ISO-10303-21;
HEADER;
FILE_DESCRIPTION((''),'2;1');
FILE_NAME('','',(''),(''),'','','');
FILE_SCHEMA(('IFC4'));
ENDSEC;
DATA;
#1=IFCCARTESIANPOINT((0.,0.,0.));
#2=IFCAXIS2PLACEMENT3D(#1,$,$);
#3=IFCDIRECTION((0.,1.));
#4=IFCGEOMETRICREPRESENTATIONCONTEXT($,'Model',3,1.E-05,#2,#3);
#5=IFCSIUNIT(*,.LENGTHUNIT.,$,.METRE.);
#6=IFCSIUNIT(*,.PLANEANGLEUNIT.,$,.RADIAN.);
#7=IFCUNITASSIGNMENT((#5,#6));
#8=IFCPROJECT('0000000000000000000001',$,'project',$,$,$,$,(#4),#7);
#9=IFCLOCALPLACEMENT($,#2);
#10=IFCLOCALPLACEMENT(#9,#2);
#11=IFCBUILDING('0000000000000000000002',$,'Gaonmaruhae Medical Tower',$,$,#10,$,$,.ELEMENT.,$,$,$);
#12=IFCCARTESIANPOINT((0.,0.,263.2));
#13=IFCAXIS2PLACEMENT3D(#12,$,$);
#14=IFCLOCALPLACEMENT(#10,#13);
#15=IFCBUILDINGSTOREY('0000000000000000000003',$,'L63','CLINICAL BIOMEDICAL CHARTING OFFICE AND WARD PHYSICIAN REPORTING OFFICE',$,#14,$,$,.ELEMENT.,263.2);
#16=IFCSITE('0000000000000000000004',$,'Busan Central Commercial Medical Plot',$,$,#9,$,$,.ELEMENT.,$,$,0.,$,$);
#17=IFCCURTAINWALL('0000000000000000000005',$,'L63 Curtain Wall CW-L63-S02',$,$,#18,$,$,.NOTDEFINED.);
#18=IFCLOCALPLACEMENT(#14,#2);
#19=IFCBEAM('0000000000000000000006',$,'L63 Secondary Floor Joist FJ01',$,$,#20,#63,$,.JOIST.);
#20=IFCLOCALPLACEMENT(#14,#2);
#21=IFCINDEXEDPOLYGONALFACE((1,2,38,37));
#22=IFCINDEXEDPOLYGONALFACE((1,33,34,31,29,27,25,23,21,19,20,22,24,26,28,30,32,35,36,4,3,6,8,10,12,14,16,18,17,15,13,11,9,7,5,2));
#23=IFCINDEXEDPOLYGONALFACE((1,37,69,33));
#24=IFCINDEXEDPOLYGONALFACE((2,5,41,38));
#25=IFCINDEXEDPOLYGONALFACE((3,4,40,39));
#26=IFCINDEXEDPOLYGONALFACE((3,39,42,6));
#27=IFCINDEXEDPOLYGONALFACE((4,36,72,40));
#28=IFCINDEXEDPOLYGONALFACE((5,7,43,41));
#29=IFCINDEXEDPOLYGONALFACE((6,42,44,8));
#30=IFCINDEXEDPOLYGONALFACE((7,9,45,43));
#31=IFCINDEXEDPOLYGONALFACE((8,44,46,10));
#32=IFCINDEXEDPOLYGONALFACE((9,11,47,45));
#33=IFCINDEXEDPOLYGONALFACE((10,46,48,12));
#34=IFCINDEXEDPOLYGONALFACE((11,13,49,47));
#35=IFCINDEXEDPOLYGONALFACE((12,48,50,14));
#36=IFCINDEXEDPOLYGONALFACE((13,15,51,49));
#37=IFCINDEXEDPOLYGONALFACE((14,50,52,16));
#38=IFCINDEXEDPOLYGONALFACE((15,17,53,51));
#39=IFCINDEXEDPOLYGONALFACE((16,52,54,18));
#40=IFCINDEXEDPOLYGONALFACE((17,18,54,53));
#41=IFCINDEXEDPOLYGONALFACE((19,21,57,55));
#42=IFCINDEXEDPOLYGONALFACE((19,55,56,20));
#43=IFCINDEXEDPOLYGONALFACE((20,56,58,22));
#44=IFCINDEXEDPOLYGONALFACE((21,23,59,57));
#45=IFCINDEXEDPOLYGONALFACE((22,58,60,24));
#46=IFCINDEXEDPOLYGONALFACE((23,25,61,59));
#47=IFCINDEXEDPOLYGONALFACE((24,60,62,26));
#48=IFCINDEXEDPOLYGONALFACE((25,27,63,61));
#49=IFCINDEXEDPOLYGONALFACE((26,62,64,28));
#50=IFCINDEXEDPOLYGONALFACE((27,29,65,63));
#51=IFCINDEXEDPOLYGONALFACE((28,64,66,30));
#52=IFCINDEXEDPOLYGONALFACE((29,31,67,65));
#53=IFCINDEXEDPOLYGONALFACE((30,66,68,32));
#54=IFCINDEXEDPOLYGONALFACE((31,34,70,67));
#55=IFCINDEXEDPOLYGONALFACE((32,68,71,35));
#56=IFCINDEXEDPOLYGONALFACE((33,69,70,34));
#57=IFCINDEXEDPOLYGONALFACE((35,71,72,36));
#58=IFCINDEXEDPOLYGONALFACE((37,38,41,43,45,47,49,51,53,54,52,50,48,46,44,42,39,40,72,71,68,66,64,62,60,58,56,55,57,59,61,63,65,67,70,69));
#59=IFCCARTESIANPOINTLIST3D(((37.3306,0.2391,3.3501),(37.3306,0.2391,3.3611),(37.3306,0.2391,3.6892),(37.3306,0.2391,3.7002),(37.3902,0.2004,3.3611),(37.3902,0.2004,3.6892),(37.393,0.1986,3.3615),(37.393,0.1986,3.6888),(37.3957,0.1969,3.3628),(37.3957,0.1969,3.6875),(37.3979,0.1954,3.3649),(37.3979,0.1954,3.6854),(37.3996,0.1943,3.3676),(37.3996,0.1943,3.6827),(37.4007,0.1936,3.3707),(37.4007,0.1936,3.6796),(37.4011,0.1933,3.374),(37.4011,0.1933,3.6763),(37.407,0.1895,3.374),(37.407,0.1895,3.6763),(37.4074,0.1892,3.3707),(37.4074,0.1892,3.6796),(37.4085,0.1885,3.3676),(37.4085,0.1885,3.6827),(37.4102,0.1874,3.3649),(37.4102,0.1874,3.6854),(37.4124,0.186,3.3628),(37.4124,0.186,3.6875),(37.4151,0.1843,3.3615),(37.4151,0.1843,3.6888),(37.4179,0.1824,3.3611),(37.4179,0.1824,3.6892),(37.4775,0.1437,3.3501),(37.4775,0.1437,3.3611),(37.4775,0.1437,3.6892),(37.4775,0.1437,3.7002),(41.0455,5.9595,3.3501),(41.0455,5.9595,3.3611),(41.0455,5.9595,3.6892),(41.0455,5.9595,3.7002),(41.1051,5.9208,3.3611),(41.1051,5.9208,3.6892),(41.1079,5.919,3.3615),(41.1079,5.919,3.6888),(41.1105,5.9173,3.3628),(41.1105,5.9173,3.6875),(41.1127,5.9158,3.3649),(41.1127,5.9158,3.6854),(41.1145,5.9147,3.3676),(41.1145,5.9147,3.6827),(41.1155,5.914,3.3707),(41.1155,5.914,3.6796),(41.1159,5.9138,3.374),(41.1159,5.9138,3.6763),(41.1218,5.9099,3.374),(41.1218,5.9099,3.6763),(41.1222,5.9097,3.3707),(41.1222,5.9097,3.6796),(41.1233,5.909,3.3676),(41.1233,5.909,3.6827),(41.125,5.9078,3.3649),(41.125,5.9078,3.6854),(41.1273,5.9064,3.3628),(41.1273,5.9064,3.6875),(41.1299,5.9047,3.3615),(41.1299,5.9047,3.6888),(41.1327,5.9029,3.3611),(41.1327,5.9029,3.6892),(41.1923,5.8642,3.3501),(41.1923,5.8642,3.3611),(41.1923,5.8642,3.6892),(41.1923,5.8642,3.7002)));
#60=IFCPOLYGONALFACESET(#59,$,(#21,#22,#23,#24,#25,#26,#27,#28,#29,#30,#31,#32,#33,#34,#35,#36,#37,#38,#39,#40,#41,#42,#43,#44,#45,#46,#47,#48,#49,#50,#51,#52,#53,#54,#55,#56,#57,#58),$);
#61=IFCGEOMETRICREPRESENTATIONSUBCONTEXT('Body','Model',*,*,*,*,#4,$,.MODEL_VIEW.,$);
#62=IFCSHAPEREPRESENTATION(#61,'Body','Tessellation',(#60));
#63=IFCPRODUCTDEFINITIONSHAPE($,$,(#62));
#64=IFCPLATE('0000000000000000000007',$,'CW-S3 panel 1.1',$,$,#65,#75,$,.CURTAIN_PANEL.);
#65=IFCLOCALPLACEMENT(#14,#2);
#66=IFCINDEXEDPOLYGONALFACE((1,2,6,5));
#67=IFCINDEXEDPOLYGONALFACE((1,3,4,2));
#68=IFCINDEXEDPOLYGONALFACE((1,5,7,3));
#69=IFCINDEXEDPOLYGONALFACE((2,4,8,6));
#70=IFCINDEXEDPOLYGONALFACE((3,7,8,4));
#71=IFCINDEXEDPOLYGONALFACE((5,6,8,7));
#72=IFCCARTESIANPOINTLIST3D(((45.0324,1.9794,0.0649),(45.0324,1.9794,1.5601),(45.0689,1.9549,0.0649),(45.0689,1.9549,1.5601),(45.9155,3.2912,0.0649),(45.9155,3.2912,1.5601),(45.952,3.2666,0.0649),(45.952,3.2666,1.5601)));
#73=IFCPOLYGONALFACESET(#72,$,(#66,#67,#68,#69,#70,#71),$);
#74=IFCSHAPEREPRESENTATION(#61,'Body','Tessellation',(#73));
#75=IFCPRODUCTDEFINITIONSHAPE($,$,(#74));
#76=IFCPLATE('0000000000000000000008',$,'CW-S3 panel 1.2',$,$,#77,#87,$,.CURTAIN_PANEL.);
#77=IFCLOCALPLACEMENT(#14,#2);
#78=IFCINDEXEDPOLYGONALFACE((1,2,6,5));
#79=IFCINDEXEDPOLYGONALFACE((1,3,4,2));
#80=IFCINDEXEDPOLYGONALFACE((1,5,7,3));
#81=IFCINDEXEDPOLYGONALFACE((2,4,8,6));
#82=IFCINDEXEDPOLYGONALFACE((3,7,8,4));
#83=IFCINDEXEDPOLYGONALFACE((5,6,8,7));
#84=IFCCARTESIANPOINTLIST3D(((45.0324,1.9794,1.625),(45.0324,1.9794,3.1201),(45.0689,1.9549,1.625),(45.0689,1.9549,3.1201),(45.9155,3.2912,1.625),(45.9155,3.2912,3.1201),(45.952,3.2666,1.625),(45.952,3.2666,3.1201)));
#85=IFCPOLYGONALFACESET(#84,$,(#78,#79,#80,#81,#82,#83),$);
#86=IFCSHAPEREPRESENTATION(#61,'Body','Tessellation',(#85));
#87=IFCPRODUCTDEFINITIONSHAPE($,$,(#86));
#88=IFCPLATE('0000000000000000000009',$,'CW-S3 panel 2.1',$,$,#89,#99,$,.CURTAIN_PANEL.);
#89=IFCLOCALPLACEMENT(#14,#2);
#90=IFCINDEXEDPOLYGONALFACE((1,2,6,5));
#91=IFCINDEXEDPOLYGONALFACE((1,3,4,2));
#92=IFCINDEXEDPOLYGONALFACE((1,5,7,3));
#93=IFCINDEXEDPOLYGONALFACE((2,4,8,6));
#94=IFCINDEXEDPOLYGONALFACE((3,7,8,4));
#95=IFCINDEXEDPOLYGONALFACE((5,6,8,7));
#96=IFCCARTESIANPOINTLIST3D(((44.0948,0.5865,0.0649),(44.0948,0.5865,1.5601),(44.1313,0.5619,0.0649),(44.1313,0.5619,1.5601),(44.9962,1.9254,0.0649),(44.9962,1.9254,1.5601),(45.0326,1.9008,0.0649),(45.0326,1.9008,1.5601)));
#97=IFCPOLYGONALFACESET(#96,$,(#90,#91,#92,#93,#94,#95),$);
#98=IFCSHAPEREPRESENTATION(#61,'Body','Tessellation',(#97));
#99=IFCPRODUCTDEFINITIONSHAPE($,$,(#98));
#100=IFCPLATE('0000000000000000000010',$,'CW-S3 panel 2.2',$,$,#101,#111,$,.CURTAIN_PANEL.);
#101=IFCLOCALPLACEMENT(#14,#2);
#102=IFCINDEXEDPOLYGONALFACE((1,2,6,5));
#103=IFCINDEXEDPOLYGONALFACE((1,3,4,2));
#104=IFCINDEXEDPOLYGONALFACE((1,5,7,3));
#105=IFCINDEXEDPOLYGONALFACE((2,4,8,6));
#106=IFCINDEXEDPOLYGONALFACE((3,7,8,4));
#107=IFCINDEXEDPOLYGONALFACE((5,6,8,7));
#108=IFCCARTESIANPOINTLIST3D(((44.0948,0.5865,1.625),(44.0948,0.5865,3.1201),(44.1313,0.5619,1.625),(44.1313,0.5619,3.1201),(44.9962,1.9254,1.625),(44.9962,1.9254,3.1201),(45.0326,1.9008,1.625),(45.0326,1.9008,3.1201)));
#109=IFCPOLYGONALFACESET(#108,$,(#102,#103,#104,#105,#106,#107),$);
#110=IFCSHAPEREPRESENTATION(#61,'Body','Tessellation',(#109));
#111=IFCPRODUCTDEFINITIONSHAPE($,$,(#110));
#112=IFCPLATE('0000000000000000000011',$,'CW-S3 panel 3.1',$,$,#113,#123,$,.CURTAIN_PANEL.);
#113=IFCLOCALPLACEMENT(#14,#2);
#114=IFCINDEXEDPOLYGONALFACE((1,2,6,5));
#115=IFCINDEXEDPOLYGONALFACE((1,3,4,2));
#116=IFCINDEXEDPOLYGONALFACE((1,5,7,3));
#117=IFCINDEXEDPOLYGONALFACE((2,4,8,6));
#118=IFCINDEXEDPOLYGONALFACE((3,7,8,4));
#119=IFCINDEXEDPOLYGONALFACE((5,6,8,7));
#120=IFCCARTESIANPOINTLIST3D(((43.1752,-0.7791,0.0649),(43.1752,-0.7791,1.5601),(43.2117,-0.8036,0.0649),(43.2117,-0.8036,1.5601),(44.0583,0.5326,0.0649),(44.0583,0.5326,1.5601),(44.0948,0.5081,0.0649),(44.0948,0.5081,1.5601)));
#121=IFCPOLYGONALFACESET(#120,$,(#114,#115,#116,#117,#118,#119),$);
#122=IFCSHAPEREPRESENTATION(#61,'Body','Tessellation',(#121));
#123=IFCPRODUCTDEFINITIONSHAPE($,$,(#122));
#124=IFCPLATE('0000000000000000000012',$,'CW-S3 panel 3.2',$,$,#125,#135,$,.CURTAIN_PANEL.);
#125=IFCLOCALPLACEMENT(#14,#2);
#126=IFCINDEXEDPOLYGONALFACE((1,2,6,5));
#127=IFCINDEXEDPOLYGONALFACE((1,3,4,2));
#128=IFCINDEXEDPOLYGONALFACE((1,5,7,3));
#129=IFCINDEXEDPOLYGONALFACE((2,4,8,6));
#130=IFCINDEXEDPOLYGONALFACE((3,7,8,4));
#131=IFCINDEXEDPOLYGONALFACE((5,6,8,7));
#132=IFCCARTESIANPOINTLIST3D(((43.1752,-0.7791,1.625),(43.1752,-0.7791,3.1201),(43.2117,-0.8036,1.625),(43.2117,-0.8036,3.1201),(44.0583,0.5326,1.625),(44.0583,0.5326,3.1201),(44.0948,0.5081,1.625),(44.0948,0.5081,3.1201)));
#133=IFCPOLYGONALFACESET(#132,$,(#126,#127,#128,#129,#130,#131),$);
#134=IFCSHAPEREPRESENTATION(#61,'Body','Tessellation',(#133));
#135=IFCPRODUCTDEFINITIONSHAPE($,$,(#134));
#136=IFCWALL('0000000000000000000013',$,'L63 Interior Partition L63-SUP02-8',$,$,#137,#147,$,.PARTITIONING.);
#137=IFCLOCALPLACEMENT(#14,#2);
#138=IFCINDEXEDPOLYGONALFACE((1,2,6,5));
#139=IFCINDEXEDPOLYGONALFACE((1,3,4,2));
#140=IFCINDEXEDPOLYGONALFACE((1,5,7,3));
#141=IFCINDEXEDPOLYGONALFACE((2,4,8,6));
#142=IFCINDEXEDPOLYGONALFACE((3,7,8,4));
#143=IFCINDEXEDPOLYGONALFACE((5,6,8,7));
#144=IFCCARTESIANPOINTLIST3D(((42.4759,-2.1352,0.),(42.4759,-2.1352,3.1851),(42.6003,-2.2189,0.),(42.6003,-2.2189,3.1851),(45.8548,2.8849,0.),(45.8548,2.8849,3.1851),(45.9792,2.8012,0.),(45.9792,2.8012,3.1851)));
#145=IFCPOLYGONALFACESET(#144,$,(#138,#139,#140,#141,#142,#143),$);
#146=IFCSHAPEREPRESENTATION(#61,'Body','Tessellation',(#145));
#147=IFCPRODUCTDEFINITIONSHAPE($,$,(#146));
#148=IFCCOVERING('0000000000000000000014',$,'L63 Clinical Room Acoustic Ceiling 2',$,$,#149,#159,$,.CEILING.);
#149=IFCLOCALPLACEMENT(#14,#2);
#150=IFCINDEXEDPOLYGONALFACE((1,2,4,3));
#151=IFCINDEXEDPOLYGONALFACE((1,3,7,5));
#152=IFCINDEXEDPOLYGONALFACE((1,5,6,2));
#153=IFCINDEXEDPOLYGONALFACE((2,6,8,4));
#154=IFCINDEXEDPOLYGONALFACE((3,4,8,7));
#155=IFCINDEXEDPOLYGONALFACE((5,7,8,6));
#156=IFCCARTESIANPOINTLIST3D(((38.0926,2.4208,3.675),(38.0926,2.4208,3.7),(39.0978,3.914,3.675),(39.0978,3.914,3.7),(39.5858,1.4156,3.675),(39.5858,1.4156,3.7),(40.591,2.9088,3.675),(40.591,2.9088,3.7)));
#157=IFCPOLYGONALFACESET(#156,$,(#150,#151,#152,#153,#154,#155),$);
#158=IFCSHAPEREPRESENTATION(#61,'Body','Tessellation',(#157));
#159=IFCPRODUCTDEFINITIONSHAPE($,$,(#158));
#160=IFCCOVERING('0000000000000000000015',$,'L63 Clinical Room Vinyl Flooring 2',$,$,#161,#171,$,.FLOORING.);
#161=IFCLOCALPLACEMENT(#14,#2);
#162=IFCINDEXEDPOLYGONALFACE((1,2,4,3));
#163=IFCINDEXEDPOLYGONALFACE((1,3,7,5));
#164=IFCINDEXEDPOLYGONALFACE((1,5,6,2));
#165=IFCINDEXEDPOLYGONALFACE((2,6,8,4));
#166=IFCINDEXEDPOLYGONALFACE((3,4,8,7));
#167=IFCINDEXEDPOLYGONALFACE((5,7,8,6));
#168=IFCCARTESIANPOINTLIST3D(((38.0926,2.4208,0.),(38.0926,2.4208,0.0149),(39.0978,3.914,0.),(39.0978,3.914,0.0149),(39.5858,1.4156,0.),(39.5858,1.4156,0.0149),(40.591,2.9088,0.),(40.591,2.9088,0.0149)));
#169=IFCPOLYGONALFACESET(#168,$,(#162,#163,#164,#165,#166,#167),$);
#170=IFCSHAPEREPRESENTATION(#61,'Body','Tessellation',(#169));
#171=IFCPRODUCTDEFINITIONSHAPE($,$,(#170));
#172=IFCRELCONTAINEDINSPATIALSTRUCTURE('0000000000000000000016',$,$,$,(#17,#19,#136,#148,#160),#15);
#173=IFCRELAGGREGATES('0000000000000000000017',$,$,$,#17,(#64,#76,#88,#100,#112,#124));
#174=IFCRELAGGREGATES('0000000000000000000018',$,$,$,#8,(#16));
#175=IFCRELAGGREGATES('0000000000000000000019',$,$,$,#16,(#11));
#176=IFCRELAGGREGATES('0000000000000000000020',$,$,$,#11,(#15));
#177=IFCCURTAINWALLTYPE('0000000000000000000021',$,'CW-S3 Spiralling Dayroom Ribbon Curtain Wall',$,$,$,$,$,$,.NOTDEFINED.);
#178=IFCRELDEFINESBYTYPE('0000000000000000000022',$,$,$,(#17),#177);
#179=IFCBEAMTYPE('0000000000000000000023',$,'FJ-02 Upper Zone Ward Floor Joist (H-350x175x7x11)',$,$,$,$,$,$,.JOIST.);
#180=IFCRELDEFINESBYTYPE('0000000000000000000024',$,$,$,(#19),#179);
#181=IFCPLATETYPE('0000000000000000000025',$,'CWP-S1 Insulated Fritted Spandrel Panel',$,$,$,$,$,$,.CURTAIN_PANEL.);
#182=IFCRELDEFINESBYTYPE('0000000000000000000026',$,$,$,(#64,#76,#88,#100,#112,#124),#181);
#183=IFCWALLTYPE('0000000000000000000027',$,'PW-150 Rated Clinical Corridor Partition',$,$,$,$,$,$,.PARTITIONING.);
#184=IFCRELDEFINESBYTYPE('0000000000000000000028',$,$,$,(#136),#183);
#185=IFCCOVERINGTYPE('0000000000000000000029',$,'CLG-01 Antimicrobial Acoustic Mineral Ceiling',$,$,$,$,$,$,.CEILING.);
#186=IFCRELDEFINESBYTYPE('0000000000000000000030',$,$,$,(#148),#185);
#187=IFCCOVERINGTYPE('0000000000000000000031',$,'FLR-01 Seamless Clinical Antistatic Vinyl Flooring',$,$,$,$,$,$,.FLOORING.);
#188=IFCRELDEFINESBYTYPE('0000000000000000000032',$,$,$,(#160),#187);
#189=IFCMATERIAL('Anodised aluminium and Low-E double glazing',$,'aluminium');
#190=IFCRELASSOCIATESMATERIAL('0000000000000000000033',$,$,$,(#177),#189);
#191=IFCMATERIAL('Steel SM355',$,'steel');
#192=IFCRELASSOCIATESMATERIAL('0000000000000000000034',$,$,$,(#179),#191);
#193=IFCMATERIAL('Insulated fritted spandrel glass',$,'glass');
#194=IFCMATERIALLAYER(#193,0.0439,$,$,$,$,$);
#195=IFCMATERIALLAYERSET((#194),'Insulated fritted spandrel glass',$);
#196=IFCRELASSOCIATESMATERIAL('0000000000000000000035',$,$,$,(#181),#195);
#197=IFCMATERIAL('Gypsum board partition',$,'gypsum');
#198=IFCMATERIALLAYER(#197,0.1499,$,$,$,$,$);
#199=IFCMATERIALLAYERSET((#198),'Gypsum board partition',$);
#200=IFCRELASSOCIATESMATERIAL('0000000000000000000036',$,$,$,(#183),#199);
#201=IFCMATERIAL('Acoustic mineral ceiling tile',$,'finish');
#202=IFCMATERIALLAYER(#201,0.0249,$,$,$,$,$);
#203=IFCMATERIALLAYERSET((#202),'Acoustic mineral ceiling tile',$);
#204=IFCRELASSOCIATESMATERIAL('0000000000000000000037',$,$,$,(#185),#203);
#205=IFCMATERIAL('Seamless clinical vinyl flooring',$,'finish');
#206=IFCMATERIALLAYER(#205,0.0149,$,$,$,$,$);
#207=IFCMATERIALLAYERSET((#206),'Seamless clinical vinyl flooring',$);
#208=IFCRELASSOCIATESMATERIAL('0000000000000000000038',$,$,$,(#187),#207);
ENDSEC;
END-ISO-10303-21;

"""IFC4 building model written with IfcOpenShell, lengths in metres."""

from ifc_helpers import new_model, si_unit, direction, frame, frame_2d, origin, origin_2d, place, context, subcontext, project, spatial, rectangle, i_section, extrude, material, layer, layer_set, material_profile, profile_set, type_object, element, aggregate, save


model = new_model("IFC4")

# Units and contexts
model_context = context("Model", 3, precision=1e-05, world=origin(), true_north=direction((0.0, 1.0)))
body_context = subcontext(model_context, "Body", "Model", "MODEL_VIEW")
ifc_project = project(units=[si_unit("LENGTHUNIT", "METRE"), si_unit("PLANEANGLEUNIT", "RADIAN")], contexts=[model_context])

# Site, building, storey
site_placement = place(None, origin())
site = spatial("IfcSite", under=ifc_project, at=site_placement, Name="Busan Central Commercial Medical Plot", CompositionType="ELEMENT", RefElevation=0.0)
building_placement = place(site_placement, origin())
building = spatial("IfcBuilding", under=site, at=building_placement, Name="Gaonmaruhae Medical Tower", CompositionType="ELEMENT")
storey_placement = place(building_placement, frame((0.0, 0.0, 263.2)))
storey = spatial("IfcBuildingStorey", under=building, at=storey_placement, Name="L63", Description="CLINICAL BIOMEDICAL CHARTING OFFICE AND WARD PHYSICIAN REPORTING OFFICE", CompositionType="ELEMENT", Elevation=263.2)

# Curtain wall
ifc_material_1 = material(Name="Anodised aluminium and Low-E double glazing", Category="aluminium")
curtain_wall_type = type_object("IfcCurtainWallType", Name="CW-S3 Spiralling Dayroom Ribbon Curtain Wall", PredefinedType="NOTDEFINED", material=ifc_material_1)
curtain_wall_placement = place(storey_placement, origin())
curtain_wall = element("IfcCurtainWall", 1, at=curtain_wall_placement, inside=storey, type_object=curtain_wall_type, Name="L63 Curtain Wall CW-L63-S02", PredefinedType="NOTDEFINED")

# Beam
ifc_material_2 = material(Name="Steel SM355", Category="steel")
ifc_material_profile_1 = material_profile(ifc_material_2, i_section(OverallWidth=0.175, OverallDepth=0.3501, WebThickness=0.0071, FlangeThickness=0.011, FilletRadius=0.0129, at=origin_2d()), Name="H-350x175x7x11")
ifc_profile_set_1 = profile_set([ifc_material_profile_1], Name="Steel SM355")
beam_type = type_object("IfcBeamType", Name="FJ-02 Upper Zone Ward Floor Joist (H-350x175x7x11)", PredefinedType="JOIST", material=ifc_profile_set_1)
beam_placement = place(storey_placement, frame((37.4041, 0.1914, 3.5251), z_axis=(0.544632, 0.838675, 0.0), x_axis=(-0.838675, 0.544632, 0.0)))
element("IfcBeam", 2, at=beam_placement, inside=storey, type_object=beam_type, Name="L63 Secondary Floor Joist FJ01", PredefinedType="JOIST", context=body_context, shape_type="SweptSolid", body=[
    extrude(i_section(OverallWidth=0.175, OverallDepth=0.3501, WebThickness=0.0071, FlangeThickness=0.011, FilletRadius=0.0129, at=origin_2d()), origin(), (0.0, 0.0, 1.0), 6.8208),
])

# Plates
ifc_material_3 = material(Name="Insulated fritted spandrel glass", Category="glass")
ifc_layer_1 = layer(ifc_material_3, 0.0439)
ifc_layer_set_1 = layer_set([ifc_layer_1], Name="Insulated fritted spandrel glass")
plate_type = type_object("IfcPlateType", Name="CWP-S1 Insulated Fritted Spandrel Panel", PredefinedType="CURTAIN_PANEL", material=ifc_layer_set_1)
plate_1_placement = place(storey_placement, frame((45.4922, 2.623, 0.0649), z_axis=(0.0, 0.0, 1.0), x_axis=(-0.558461, -0.829531, 0.0)))
plate_1 = element("IfcPlate", 3, at=plate_1_placement, type_object=plate_type, Name="CW-S3 panel 1.1", PredefinedType="CURTAIN_PANEL", context=body_context, shape_type="SweptSolid", body=[
    extrude(rectangle(XDim=1.5813, YDim=0.0439, at=origin_2d()), origin(), (0.0, 0.0, 1.0), 1.4951),
])
plate_2_placement = place(storey_placement, frame((45.4922, 2.623, 1.625), z_axis=(0.0, 0.0, 1.0), x_axis=(-0.558461, -0.829531, 0.0)))
plate_2 = element("IfcPlate", 4, at=plate_2_placement, type_object=plate_type, Name="CW-S3 panel 1.2", PredefinedType="CURTAIN_PANEL", context=body_context, shape_type="SweptSolid", body=[
    extrude(rectangle(XDim=1.5813, YDim=0.0439, at=origin_2d()), origin(), (0.0, 0.0, 1.0), 1.4951),
])
plate_3_placement = place(storey_placement, frame((44.5637, 1.2437, 0.0649), z_axis=(0.0, 0.0, 1.0), x_axis=(-0.558461, -0.829531, 0.0)))
plate_3 = element("IfcPlate", 5, at=plate_3_placement, type_object=plate_type, Name="CW-S3 panel 2.1", PredefinedType="CURTAIN_PANEL", context=body_context, shape_type="SweptSolid", body=[
    extrude(rectangle(XDim=1.614, YDim=0.0439, at=origin_2d()), origin(), (0.0, 0.0, 1.0), 1.4951),
])
plate_4_placement = place(storey_placement, frame((44.5637, 1.2437, 1.625), z_axis=(0.0, 0.0, 1.0), x_axis=(-0.558461, -0.829531, 0.0)))
plate_4 = element("IfcPlate", 6, at=plate_4_placement, type_object=plate_type, Name="CW-S3 panel 2.2", PredefinedType="CURTAIN_PANEL", context=body_context, shape_type="SweptSolid", body=[
    extrude(rectangle(XDim=1.614, YDim=0.0439, at=origin_2d()), origin(), (0.0, 0.0, 1.0), 1.4951),
])
plate_5_placement = place(storey_placement, frame((43.635, -0.1355, 0.0649), z_axis=(0.0, 0.0, 1.0), x_axis=(-0.558461, -0.829531, 0.0)))
plate_5 = element("IfcPlate", 7, at=plate_5_placement, type_object=plate_type, Name="CW-S3 panel 3.1", PredefinedType="CURTAIN_PANEL", context=body_context, shape_type="SweptSolid", body=[
    extrude(rectangle(XDim=1.5813, YDim=0.0439, at=origin_2d()), origin(), (0.0, 0.0, 1.0), 1.4951),
])
plate_6_placement = place(storey_placement, frame((43.635, -0.1355, 1.625), z_axis=(0.0, 0.0, 1.0), x_axis=(-0.558461, -0.829531, 0.0)))
plate_6 = element("IfcPlate", 8, at=plate_6_placement, type_object=plate_type, Name="CW-S3 panel 3.2", PredefinedType="CURTAIN_PANEL", context=body_context, shape_type="SweptSolid", body=[
    extrude(rectangle(XDim=1.5813, YDim=0.0439, at=origin_2d()), origin(), (0.0, 0.0, 1.0), 1.4951),
])
aggregate(curtain_wall, [plate_1, plate_2, plate_3, plate_4, plate_5, plate_6])

# Wall
ifc_material_4 = material(Name="Gypsum board partition", Category="gypsum")
ifc_layer_2 = layer(ifc_material_4, 0.1499)
ifc_layer_set_2 = layer_set([ifc_layer_2], Name="Gypsum board partition")
wall_type = type_object("IfcWallType", Name="PW-150 Rated Clinical Corridor Partition", PredefinedType="PARTITIONING", material=ifc_layer_set_2)
wall_placement = place(storey_placement, frame((45.917, 2.843, 0.0), z_axis=(0.0, 0.0, 1.0), x_axis=(-0.558382, -0.829584, 0.0)))
element("IfcWall", 9, at=wall_placement, inside=storey, type_object=wall_type, Name="L63 Interior Partition L63-SUP02-8", PredefinedType="PARTITIONING", context=body_context, shape_type="SweptSolid", body=[
    extrude(rectangle(XDim=6.0513, YDim=0.1499, at=frame_2d((3.0256, 0.0))), origin(), (0.0, 0.0, 1.0), 3.1851),
])

# Coverings
ifc_material_5 = material(Name="Acoustic mineral ceiling tile", Category="finish")
ifc_layer_3 = layer(ifc_material_5, 0.0249)
ifc_layer_set_3 = layer_set([ifc_layer_3], Name="Acoustic mineral ceiling tile")
covering_type_1 = type_object("IfcCoveringType", Name="CLG-01 Antimicrobial Acoustic Mineral Ceiling", PredefinedType="CEILING", material=ifc_layer_set_3)
covering_1_placement = place(storey_placement, frame((39.3418, 2.6648, 3.675), z_axis=(0.0, 0.0, 1.0), x_axis=(0.558469, 0.829525, 0.0)))
element("IfcCovering", 10, at=covering_1_placement, inside=storey, type_object=covering_type_1, Name="L63 Clinical Room Acoustic Ceiling 2", PredefinedType="CEILING", context=body_context, shape_type="SweptSolid", body=[
    extrude(rectangle(XDim=1.8, YDim=1.8, at=origin_2d()), origin(), (0.0, 0.0, 1.0), 0.0249),
])
ifc_material_6 = material(Name="Seamless clinical vinyl flooring", Category="finish")
ifc_layer_4 = layer(ifc_material_6, 0.0149)
ifc_layer_set_4 = layer_set([ifc_layer_4], Name="Seamless clinical vinyl flooring")
covering_type_2 = type_object("IfcCoveringType", Name="FLR-01 Seamless Clinical Antistatic Vinyl Flooring", PredefinedType="FLOORING", material=ifc_layer_set_4)
covering_2_placement = place(storey_placement, frame((39.3418, 2.6648, 0.0), z_axis=(0.0, 0.0, 1.0), x_axis=(0.558469, 0.829525, 0.0)))
element("IfcCovering", 11, at=covering_2_placement, inside=storey, type_object=covering_type_2, Name="L63 Clinical Room Vinyl Flooring 2", PredefinedType="FLOORING", context=body_context, shape_type="SweptSolid", body=[
    extrude(rectangle(XDim=1.8, YDim=1.8, at=origin_2d()), origin(), (0.0, 0.0, 1.0), 0.0149),
])

save(model, "model.ifc")
